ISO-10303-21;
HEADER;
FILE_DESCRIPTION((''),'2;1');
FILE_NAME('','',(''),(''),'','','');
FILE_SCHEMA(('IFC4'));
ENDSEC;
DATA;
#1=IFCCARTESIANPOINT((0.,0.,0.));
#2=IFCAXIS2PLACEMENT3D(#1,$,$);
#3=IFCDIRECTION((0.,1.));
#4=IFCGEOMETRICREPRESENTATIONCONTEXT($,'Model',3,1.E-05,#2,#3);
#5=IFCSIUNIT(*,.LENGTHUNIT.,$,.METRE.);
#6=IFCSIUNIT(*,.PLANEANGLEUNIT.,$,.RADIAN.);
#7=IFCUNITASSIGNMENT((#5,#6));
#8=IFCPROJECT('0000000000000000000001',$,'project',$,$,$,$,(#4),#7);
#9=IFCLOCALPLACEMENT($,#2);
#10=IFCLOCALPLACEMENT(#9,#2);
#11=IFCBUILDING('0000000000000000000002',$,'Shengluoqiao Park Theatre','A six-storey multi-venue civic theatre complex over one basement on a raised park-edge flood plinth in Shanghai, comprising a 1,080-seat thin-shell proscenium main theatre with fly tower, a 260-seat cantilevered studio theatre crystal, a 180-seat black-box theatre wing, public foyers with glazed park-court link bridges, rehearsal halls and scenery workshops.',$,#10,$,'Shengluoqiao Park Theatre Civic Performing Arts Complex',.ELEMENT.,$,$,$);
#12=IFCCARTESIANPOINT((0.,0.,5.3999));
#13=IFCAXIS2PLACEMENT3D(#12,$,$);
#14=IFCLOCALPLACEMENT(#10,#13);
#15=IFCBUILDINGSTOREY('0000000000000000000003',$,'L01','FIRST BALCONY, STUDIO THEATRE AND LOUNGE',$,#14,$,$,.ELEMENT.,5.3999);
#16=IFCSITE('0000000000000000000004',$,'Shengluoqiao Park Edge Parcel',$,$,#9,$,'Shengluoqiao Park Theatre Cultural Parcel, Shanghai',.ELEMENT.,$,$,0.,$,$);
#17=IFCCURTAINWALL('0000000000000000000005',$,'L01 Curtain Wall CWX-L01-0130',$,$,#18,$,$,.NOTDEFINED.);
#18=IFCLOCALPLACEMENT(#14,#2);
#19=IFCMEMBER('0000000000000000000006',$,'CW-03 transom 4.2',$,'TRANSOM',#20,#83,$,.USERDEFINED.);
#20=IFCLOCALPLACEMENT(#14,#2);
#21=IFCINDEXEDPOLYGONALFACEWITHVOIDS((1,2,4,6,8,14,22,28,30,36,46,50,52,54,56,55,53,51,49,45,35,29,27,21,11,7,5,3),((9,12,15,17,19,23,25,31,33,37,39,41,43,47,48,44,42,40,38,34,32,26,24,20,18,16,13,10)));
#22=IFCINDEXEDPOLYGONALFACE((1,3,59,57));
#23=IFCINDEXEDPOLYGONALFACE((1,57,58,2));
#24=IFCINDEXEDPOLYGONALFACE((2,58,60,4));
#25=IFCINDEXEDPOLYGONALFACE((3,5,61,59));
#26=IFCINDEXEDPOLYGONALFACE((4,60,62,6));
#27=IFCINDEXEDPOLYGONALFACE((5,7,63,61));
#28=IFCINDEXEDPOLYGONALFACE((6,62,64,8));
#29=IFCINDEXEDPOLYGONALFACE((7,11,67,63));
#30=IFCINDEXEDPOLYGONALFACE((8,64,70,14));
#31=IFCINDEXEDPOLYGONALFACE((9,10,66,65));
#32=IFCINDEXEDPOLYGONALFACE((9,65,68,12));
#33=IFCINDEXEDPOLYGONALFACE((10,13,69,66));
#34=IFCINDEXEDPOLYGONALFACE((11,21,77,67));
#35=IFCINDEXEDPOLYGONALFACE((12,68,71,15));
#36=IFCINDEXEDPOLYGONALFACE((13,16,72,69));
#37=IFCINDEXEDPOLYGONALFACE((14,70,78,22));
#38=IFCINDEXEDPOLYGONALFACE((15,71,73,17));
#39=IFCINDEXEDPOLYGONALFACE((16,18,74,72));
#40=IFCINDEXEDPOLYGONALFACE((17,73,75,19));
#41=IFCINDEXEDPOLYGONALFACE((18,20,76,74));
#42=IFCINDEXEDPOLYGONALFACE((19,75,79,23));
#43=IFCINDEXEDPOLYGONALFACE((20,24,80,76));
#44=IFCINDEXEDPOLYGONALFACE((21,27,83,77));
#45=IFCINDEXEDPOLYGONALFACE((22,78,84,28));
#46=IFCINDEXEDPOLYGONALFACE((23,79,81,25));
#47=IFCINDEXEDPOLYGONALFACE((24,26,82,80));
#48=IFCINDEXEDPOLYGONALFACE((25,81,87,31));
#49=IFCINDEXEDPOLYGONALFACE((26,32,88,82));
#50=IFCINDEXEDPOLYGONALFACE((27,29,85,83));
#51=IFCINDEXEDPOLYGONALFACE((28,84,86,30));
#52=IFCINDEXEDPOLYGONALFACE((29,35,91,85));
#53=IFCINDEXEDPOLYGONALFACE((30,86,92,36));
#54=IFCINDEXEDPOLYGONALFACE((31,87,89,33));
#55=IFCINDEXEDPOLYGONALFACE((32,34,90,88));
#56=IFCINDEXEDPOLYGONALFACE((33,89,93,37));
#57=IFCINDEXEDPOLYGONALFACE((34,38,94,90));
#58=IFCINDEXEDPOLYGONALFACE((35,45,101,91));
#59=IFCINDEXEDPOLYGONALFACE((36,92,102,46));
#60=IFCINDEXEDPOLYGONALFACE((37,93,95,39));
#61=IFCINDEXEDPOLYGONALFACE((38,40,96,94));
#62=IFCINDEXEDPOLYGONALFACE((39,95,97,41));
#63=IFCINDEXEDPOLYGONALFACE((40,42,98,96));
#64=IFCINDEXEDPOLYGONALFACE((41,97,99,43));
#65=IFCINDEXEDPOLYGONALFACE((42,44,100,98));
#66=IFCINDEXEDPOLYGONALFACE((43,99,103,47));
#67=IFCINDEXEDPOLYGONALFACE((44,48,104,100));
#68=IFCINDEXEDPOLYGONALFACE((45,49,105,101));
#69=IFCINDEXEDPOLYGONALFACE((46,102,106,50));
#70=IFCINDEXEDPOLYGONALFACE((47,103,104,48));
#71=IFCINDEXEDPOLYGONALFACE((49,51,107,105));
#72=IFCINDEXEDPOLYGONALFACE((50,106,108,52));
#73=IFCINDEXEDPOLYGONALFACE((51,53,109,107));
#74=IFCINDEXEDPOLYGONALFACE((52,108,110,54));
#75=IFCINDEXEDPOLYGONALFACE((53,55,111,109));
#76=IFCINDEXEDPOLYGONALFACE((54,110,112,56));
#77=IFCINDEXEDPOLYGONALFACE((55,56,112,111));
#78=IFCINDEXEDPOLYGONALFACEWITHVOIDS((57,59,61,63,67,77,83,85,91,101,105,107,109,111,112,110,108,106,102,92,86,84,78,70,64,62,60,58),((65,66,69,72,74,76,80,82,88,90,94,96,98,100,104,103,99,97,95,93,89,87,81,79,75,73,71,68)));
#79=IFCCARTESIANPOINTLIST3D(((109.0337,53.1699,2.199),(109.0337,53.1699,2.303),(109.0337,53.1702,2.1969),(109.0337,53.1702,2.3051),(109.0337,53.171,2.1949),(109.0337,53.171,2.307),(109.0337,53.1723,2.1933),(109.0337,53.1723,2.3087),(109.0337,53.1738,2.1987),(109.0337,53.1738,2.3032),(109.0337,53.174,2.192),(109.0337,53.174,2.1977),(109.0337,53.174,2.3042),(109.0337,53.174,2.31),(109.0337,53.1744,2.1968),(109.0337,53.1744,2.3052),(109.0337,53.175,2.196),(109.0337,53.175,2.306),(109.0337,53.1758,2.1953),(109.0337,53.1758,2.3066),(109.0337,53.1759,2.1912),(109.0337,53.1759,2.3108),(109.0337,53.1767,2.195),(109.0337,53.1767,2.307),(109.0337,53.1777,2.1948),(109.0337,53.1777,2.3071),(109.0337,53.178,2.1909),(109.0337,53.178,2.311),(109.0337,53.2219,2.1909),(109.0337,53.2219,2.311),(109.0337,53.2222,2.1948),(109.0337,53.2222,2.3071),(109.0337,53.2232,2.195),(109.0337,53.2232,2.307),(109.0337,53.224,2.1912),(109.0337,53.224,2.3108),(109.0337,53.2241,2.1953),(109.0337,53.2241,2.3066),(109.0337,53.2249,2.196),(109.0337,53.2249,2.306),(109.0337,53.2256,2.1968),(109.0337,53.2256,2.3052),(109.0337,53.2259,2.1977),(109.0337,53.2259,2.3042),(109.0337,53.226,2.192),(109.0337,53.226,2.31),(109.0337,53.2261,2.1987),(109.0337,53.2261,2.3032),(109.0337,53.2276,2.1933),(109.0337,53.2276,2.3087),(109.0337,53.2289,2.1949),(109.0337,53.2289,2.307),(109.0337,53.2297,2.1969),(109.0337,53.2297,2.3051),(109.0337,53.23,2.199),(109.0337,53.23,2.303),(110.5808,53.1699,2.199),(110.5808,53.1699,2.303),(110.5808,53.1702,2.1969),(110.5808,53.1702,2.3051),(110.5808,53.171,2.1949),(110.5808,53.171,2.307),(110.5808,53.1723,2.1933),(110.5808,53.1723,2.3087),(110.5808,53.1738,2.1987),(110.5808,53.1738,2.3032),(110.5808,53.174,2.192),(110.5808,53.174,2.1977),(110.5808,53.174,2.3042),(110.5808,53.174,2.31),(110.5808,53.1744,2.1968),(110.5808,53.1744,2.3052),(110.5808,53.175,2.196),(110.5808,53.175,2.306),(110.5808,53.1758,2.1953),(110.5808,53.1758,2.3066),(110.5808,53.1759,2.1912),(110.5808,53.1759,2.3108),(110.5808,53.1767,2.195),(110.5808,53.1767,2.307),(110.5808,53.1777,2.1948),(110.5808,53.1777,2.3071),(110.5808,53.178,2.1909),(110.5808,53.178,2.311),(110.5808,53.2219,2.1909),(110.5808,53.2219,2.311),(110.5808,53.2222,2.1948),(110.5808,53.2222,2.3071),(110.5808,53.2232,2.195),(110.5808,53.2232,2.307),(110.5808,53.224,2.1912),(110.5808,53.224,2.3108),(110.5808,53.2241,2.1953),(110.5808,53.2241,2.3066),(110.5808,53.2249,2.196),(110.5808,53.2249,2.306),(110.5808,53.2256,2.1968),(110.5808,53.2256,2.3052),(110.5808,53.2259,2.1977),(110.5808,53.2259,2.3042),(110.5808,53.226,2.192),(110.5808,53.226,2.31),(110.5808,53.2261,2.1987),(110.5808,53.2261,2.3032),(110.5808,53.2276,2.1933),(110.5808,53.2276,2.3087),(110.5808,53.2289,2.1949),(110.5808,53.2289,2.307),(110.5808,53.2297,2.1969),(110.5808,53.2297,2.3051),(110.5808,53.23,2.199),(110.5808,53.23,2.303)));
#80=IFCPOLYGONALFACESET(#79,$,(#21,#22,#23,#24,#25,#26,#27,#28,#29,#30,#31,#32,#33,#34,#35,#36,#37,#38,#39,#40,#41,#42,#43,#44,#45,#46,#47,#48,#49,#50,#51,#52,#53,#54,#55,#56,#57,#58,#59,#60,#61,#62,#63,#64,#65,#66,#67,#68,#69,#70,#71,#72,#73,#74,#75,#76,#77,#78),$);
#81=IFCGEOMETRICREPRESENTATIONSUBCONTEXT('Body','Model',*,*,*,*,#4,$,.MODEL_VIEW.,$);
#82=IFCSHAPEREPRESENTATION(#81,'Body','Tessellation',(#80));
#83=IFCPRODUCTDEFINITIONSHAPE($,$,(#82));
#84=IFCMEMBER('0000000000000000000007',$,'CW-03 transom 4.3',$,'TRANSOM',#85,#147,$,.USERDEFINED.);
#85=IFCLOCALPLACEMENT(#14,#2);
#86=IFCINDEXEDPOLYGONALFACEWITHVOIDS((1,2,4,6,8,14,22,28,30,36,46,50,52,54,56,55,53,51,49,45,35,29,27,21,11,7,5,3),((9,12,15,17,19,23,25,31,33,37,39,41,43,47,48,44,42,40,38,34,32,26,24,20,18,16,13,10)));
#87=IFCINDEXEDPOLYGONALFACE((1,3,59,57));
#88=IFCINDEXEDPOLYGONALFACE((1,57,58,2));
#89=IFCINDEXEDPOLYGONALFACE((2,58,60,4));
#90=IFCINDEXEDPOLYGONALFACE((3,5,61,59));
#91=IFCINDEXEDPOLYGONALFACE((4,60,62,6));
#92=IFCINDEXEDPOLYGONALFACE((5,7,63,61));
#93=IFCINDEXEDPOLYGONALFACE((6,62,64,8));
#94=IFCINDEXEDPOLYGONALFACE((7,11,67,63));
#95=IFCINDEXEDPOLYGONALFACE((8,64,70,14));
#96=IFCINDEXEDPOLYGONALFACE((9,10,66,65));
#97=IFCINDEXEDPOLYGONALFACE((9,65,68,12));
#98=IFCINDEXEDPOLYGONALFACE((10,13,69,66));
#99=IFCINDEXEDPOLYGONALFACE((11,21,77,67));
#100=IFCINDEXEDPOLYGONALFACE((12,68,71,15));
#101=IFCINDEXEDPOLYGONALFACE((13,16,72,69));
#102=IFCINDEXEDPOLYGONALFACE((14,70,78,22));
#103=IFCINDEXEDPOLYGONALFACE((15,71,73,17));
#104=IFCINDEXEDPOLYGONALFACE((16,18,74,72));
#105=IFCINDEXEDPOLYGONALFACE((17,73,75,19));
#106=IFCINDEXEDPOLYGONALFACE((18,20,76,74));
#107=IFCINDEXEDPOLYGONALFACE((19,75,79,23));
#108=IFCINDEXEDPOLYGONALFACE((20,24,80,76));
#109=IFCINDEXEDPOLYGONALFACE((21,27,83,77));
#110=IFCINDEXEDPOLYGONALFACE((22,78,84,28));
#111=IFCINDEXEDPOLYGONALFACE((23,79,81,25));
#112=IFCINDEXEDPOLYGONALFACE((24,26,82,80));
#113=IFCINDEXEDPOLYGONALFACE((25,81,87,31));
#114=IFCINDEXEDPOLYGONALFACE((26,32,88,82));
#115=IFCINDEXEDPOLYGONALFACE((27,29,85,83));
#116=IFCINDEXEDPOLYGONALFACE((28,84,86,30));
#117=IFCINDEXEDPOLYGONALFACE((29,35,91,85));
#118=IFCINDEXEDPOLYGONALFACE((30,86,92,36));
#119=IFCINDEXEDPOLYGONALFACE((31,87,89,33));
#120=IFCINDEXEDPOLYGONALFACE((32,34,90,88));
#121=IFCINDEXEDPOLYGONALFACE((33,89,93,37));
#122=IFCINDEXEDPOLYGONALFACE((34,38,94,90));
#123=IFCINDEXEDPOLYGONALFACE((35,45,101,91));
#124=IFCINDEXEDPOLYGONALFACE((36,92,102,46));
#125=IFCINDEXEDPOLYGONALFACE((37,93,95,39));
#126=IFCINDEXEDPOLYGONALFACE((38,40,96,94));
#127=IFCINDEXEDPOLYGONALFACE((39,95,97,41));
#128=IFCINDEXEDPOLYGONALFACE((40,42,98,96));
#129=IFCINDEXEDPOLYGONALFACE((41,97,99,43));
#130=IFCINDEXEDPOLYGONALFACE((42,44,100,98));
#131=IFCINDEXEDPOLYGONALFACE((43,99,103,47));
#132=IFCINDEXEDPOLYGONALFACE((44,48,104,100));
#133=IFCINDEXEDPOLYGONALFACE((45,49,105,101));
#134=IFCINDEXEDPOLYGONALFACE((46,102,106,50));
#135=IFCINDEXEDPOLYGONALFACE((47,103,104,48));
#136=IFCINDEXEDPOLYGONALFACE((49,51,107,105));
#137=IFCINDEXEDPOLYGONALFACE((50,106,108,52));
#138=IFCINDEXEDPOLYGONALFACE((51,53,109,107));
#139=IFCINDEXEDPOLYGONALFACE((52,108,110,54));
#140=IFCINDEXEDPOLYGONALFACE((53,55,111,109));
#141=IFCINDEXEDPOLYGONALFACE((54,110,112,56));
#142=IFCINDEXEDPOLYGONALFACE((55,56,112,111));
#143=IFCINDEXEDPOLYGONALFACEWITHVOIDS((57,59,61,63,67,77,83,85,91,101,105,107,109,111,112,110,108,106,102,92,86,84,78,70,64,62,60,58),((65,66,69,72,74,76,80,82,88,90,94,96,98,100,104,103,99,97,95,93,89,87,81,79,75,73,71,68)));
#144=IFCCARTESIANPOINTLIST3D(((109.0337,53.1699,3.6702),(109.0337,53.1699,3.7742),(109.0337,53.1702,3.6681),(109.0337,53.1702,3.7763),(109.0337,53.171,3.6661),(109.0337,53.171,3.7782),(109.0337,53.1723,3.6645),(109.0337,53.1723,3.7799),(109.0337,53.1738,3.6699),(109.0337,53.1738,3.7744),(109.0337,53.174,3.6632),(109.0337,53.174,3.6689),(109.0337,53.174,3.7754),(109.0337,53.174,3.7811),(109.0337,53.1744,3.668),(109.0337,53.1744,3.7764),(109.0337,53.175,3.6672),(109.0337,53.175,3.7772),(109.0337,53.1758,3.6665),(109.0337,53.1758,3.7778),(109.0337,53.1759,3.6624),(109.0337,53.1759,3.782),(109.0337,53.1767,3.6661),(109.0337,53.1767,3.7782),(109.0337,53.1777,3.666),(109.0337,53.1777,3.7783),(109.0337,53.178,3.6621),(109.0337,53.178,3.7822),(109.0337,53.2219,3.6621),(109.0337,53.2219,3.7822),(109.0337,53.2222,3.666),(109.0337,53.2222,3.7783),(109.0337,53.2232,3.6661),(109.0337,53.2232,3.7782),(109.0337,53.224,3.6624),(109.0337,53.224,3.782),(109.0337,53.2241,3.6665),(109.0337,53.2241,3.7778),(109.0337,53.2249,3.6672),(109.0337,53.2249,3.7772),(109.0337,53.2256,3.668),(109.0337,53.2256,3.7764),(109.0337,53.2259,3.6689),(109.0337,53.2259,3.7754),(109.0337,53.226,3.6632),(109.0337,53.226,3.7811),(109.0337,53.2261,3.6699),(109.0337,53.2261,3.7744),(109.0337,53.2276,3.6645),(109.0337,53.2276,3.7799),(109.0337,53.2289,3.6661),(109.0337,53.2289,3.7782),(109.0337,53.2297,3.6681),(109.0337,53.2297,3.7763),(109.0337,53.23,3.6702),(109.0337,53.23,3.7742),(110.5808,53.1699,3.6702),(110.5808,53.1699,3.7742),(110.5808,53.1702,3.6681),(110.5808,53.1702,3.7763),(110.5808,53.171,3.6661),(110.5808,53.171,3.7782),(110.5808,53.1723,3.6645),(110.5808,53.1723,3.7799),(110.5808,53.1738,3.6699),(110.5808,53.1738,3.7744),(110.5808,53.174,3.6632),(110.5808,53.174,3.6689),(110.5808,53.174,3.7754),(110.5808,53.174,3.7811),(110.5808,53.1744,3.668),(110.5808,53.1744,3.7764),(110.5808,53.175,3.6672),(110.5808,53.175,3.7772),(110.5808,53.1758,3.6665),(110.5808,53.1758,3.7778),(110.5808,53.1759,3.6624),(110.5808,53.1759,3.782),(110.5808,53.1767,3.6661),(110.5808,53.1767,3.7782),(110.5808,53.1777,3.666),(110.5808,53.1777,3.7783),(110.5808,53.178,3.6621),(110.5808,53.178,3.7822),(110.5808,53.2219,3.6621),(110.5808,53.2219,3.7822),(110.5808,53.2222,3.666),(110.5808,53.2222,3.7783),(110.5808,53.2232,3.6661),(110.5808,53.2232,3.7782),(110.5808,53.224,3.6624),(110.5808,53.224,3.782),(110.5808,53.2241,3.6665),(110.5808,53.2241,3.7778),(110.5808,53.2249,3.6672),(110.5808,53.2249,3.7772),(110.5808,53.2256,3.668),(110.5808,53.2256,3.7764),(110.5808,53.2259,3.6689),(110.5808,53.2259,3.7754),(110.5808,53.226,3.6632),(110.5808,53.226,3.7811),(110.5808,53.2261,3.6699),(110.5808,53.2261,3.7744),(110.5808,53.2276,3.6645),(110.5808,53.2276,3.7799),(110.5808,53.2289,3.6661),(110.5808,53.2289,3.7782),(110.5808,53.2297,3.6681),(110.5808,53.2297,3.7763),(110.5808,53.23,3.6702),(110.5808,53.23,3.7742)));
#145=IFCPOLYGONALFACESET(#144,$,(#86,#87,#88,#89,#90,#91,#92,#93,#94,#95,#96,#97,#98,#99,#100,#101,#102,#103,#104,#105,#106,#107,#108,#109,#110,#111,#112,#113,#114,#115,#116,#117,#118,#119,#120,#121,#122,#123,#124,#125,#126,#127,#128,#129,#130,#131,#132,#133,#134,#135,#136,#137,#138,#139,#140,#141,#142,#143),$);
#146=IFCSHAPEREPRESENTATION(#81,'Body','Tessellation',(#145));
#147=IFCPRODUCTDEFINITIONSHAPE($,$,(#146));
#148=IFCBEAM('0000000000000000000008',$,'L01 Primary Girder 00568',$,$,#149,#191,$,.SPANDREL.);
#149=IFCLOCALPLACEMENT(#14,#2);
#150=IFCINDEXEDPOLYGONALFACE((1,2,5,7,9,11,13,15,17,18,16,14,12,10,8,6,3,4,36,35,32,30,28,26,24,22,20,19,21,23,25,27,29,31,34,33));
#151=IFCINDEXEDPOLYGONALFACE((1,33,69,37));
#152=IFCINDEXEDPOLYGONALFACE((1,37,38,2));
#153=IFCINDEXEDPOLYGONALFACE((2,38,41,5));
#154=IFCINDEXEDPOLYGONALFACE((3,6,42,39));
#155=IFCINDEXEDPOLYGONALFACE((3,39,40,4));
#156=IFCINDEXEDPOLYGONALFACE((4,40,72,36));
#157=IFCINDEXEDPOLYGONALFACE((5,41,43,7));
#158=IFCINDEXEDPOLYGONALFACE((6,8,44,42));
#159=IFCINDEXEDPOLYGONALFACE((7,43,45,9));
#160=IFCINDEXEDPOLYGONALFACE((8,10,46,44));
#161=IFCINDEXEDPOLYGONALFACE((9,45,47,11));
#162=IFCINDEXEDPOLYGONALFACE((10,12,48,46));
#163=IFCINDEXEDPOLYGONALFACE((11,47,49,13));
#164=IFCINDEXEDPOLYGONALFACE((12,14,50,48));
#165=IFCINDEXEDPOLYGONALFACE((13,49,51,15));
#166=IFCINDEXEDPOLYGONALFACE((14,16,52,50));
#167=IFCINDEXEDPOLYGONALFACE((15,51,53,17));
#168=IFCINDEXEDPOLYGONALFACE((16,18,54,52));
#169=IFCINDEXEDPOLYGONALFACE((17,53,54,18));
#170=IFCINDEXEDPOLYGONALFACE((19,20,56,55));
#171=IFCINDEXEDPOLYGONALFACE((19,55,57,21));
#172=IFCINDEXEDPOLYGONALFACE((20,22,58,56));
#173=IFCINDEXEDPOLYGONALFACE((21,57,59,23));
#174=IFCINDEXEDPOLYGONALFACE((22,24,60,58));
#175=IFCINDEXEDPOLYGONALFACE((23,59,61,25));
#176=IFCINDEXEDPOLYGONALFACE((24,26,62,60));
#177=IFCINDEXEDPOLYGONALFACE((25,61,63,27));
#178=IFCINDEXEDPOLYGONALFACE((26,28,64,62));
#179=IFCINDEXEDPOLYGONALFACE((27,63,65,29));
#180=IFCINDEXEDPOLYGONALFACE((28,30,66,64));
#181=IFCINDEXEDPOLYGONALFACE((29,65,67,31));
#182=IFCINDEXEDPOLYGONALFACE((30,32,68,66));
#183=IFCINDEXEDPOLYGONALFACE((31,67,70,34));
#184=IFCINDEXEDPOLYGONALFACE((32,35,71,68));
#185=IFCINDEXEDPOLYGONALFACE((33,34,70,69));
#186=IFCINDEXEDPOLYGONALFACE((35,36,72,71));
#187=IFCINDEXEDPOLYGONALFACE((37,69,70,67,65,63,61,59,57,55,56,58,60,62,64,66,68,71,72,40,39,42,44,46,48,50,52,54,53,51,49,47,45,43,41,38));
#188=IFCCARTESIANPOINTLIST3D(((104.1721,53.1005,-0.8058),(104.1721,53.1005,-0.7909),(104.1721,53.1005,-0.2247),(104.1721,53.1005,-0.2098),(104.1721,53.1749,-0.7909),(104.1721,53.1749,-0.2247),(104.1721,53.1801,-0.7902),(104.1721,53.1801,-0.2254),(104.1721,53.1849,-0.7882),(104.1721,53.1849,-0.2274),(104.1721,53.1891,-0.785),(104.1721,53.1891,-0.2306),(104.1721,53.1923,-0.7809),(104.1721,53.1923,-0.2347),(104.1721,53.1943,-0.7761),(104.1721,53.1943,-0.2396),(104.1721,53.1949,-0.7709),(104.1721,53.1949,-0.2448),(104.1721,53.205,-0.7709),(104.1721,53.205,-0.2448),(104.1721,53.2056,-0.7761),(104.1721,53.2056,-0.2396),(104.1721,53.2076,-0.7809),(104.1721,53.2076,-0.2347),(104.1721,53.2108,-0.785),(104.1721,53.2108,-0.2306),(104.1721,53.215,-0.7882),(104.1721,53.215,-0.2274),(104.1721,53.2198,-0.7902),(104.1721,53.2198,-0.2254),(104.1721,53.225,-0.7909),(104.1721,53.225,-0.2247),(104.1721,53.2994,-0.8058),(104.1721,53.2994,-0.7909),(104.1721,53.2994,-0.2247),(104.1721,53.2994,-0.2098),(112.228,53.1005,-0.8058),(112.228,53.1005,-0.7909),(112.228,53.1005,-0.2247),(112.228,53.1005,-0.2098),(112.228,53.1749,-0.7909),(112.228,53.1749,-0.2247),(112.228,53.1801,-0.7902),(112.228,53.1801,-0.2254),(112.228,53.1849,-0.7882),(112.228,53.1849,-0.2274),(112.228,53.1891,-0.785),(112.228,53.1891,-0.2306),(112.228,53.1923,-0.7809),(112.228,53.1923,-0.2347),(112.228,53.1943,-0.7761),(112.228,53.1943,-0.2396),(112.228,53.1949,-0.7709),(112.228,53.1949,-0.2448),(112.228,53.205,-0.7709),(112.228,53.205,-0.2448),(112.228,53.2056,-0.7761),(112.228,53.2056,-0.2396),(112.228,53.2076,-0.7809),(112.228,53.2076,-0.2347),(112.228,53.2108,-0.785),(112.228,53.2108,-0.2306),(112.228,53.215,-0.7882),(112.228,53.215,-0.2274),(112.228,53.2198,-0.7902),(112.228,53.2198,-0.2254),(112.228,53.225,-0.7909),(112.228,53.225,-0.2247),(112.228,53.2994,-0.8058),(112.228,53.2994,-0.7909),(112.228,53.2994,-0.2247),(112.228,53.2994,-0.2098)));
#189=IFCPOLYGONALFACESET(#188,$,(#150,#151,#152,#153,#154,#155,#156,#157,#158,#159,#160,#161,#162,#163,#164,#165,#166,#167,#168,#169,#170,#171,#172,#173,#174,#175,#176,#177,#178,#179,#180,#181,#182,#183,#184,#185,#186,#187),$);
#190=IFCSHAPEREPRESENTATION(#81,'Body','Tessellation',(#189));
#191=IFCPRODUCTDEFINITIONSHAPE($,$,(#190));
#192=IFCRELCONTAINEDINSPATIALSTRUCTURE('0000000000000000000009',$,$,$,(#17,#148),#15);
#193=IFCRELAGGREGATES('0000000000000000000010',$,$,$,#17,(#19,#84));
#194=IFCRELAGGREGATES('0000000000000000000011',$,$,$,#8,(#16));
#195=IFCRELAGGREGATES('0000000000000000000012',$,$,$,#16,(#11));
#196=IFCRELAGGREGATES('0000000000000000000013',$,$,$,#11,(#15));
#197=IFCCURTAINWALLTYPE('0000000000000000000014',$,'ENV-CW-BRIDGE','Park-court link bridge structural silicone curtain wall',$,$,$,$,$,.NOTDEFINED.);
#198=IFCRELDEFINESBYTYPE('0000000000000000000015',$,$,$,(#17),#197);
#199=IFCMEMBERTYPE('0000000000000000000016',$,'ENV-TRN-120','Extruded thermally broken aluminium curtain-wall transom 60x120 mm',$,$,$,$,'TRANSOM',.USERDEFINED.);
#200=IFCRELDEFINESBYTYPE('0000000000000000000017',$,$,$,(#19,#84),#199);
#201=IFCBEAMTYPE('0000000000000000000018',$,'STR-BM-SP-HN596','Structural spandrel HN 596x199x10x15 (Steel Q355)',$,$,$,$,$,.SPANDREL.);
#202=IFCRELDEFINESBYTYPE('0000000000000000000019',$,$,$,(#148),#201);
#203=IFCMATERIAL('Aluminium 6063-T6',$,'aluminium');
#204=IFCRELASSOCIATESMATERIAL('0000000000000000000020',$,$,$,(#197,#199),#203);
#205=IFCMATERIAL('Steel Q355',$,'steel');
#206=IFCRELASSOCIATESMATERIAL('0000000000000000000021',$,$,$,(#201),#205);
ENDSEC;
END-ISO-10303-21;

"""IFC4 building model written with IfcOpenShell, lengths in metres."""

from ifc_helpers import new_model, si_unit, direction, frame, origin, origin_2d, place, context, subcontext, project, spatial, hollow_rectangle, i_section, extrude, material, material_profile, profile_set, type_object, element, aggregate, save


model = new_model("IFC4")

# Units and contexts
model_context = context("Model", 3, precision=1e-05, world=origin(), true_north=direction((0.0, 1.0)))
body_context = subcontext(model_context, "Body", "Model", "MODEL_VIEW")
ifc_project = project(units=[si_unit("LENGTHUNIT", "METRE"), si_unit("PLANEANGLEUNIT", "RADIAN")], contexts=[model_context])

# Site, building, storey
site_placement = place(None, origin())
site = spatial("IfcSite", under=ifc_project, at=site_placement, Name="Shengluoqiao Park Edge Parcel", LongName="Shengluoqiao Park Theatre Cultural Parcel, Shanghai", CompositionType="ELEMENT", RefElevation=0.0)
building_placement = place(site_placement, origin())
building = spatial("IfcBuilding", under=site, at=building_placement, Name="Shengluoqiao Park Theatre", Description="A six-storey multi-venue civic theatre complex over one basement on a raised park-edge flood plinth in Shanghai, comprising a 1,080-seat thin-shell proscenium main theatre with fly tower, a 260-seat cantilevered studio theatre crystal, a 180-seat black-box theatre wing, public foyers with glazed park-court link bridges, rehearsal halls and scenery workshops.", LongName="Shengluoqiao Park Theatre Civic Performing Arts Complex", CompositionType="ELEMENT")
storey_placement = place(building_placement, frame((0.0, 0.0, 5.3999)))
storey = spatial("IfcBuildingStorey", under=building, at=storey_placement, Name="L01", Description="FIRST BALCONY, STUDIO THEATRE AND LOUNGE", CompositionType="ELEMENT", Elevation=5.3999)

# Shared definitions
ifc_material_1 = material(Name="Steel Q355", Category="steel")

# Shared definitions
ifc_material_2 = material(Name="Aluminium 6063-T6", Category="aluminium")
curtain_wall_type = type_object("IfcCurtainWallType", Name="ENV-CW-BRIDGE", Description="Park-court link bridge structural silicone curtain wall", PredefinedType="NOTDEFINED", material=ifc_material_2)

# Curtain wall
curtain_wall_1_placement = place(storey_placement, origin())
curtain_wall_1 = element("IfcCurtainWall", 1, at=curtain_wall_1_placement, inside=storey, type_object=curtain_wall_type, Name="L01 Curtain Wall CWX-L01-0130", PredefinedType="NOTDEFINED")

# Members
ifc_material_profile_1 = material_profile(ifc_material_2, hollow_rectangle(XDim=0.0601, YDim=0.1201, WallThickness=0.0039, InnerFilletRadius=0.0039, OuterFilletRadius=0.0081, at=origin_2d()), Name="ALU TRANSOM 120x60x4")
ifc_profile_set_1 = profile_set([ifc_material_profile_1], Name="Aluminium 6063-T6")
member_type_1 = type_object("IfcMemberType", Name="ENV-TRN-120", Description="Extruded thermally broken aluminium curtain-wall transom 60x120 mm", ElementType="TRANSOM", PredefinedType="USERDEFINED", material=ifc_profile_set_1)
member_1_placement = place(storey_placement, frame((109.0337, 53.2, 2.251), z_axis=(1.0, 0.0, 0.0), x_axis=(0.0, 1.0, 0.0)))
member_1 = element("IfcMember", 2, at=member_1_placement, type_object=member_type_1, Name="CW-03 transom 4.2", ObjectType="TRANSOM", PredefinedType="USERDEFINED", context=body_context, shape_type="SweptSolid", body=[
    extrude(hollow_rectangle(XDim=0.0601, YDim=0.1201, WallThickness=0.0039, InnerFilletRadius=0.0039, OuterFilletRadius=0.0081, at=origin_2d()), origin(), (0.0, 0.0, 1.0), 1.5471),
])
member_2_placement = place(storey_placement, frame((109.0337, 53.2, 3.7222), z_axis=(1.0, 0.0, 0.0), x_axis=(0.0, 1.0, 0.0)))
member_2 = element("IfcMember", 3, at=member_2_placement, type_object=member_type_1, Name="CW-03 transom 4.3", ObjectType="TRANSOM", PredefinedType="USERDEFINED", context=body_context, shape_type="SweptSolid", body=[
    extrude(hollow_rectangle(XDim=0.0601, YDim=0.1201, WallThickness=0.0039, InnerFilletRadius=0.0039, OuterFilletRadius=0.0081, at=origin_2d()), origin(), (0.0, 0.0, 1.0), 1.5471),
])

# Beam
ifc_material_profile_2 = material_profile(ifc_material_1, i_section(OverallWidth=0.199, OverallDepth=0.5959, WebThickness=0.01, FlangeThickness=0.0149, FilletRadius=0.02, at=origin_2d()), Name="HN 596x199x10x15")
ifc_profile_set_2 = profile_set([ifc_material_profile_2], Name="Steel Q355")
beam_type = type_object("IfcBeamType", Name="STR-BM-SP-HN596", Description="Structural spandrel HN 596x199x10x15 (Steel Q355)", PredefinedType="SPANDREL", material=ifc_profile_set_2)
beam_placement = place(storey_placement, frame((104.1721, 53.2, -0.5078), z_axis=(1.0, 0.0, 0.0), x_axis=(0.0, 1.0, 0.0)))
element("IfcBeam", 4, at=beam_placement, inside=storey, type_object=beam_type, Name="L01 Primary Girder 00568", PredefinedType="SPANDREL", context=body_context, shape_type="SweptSolid", body=[
    extrude(i_section(OverallWidth=0.199, OverallDepth=0.5959, WebThickness=0.01, FlangeThickness=0.0149, FilletRadius=0.02, at=origin_2d()), origin(), (0.0, 0.0, 1.0), 8.0559),
])

aggregate(curtain_wall_1, [member_1, member_2])

save(model, "model.ifc")
